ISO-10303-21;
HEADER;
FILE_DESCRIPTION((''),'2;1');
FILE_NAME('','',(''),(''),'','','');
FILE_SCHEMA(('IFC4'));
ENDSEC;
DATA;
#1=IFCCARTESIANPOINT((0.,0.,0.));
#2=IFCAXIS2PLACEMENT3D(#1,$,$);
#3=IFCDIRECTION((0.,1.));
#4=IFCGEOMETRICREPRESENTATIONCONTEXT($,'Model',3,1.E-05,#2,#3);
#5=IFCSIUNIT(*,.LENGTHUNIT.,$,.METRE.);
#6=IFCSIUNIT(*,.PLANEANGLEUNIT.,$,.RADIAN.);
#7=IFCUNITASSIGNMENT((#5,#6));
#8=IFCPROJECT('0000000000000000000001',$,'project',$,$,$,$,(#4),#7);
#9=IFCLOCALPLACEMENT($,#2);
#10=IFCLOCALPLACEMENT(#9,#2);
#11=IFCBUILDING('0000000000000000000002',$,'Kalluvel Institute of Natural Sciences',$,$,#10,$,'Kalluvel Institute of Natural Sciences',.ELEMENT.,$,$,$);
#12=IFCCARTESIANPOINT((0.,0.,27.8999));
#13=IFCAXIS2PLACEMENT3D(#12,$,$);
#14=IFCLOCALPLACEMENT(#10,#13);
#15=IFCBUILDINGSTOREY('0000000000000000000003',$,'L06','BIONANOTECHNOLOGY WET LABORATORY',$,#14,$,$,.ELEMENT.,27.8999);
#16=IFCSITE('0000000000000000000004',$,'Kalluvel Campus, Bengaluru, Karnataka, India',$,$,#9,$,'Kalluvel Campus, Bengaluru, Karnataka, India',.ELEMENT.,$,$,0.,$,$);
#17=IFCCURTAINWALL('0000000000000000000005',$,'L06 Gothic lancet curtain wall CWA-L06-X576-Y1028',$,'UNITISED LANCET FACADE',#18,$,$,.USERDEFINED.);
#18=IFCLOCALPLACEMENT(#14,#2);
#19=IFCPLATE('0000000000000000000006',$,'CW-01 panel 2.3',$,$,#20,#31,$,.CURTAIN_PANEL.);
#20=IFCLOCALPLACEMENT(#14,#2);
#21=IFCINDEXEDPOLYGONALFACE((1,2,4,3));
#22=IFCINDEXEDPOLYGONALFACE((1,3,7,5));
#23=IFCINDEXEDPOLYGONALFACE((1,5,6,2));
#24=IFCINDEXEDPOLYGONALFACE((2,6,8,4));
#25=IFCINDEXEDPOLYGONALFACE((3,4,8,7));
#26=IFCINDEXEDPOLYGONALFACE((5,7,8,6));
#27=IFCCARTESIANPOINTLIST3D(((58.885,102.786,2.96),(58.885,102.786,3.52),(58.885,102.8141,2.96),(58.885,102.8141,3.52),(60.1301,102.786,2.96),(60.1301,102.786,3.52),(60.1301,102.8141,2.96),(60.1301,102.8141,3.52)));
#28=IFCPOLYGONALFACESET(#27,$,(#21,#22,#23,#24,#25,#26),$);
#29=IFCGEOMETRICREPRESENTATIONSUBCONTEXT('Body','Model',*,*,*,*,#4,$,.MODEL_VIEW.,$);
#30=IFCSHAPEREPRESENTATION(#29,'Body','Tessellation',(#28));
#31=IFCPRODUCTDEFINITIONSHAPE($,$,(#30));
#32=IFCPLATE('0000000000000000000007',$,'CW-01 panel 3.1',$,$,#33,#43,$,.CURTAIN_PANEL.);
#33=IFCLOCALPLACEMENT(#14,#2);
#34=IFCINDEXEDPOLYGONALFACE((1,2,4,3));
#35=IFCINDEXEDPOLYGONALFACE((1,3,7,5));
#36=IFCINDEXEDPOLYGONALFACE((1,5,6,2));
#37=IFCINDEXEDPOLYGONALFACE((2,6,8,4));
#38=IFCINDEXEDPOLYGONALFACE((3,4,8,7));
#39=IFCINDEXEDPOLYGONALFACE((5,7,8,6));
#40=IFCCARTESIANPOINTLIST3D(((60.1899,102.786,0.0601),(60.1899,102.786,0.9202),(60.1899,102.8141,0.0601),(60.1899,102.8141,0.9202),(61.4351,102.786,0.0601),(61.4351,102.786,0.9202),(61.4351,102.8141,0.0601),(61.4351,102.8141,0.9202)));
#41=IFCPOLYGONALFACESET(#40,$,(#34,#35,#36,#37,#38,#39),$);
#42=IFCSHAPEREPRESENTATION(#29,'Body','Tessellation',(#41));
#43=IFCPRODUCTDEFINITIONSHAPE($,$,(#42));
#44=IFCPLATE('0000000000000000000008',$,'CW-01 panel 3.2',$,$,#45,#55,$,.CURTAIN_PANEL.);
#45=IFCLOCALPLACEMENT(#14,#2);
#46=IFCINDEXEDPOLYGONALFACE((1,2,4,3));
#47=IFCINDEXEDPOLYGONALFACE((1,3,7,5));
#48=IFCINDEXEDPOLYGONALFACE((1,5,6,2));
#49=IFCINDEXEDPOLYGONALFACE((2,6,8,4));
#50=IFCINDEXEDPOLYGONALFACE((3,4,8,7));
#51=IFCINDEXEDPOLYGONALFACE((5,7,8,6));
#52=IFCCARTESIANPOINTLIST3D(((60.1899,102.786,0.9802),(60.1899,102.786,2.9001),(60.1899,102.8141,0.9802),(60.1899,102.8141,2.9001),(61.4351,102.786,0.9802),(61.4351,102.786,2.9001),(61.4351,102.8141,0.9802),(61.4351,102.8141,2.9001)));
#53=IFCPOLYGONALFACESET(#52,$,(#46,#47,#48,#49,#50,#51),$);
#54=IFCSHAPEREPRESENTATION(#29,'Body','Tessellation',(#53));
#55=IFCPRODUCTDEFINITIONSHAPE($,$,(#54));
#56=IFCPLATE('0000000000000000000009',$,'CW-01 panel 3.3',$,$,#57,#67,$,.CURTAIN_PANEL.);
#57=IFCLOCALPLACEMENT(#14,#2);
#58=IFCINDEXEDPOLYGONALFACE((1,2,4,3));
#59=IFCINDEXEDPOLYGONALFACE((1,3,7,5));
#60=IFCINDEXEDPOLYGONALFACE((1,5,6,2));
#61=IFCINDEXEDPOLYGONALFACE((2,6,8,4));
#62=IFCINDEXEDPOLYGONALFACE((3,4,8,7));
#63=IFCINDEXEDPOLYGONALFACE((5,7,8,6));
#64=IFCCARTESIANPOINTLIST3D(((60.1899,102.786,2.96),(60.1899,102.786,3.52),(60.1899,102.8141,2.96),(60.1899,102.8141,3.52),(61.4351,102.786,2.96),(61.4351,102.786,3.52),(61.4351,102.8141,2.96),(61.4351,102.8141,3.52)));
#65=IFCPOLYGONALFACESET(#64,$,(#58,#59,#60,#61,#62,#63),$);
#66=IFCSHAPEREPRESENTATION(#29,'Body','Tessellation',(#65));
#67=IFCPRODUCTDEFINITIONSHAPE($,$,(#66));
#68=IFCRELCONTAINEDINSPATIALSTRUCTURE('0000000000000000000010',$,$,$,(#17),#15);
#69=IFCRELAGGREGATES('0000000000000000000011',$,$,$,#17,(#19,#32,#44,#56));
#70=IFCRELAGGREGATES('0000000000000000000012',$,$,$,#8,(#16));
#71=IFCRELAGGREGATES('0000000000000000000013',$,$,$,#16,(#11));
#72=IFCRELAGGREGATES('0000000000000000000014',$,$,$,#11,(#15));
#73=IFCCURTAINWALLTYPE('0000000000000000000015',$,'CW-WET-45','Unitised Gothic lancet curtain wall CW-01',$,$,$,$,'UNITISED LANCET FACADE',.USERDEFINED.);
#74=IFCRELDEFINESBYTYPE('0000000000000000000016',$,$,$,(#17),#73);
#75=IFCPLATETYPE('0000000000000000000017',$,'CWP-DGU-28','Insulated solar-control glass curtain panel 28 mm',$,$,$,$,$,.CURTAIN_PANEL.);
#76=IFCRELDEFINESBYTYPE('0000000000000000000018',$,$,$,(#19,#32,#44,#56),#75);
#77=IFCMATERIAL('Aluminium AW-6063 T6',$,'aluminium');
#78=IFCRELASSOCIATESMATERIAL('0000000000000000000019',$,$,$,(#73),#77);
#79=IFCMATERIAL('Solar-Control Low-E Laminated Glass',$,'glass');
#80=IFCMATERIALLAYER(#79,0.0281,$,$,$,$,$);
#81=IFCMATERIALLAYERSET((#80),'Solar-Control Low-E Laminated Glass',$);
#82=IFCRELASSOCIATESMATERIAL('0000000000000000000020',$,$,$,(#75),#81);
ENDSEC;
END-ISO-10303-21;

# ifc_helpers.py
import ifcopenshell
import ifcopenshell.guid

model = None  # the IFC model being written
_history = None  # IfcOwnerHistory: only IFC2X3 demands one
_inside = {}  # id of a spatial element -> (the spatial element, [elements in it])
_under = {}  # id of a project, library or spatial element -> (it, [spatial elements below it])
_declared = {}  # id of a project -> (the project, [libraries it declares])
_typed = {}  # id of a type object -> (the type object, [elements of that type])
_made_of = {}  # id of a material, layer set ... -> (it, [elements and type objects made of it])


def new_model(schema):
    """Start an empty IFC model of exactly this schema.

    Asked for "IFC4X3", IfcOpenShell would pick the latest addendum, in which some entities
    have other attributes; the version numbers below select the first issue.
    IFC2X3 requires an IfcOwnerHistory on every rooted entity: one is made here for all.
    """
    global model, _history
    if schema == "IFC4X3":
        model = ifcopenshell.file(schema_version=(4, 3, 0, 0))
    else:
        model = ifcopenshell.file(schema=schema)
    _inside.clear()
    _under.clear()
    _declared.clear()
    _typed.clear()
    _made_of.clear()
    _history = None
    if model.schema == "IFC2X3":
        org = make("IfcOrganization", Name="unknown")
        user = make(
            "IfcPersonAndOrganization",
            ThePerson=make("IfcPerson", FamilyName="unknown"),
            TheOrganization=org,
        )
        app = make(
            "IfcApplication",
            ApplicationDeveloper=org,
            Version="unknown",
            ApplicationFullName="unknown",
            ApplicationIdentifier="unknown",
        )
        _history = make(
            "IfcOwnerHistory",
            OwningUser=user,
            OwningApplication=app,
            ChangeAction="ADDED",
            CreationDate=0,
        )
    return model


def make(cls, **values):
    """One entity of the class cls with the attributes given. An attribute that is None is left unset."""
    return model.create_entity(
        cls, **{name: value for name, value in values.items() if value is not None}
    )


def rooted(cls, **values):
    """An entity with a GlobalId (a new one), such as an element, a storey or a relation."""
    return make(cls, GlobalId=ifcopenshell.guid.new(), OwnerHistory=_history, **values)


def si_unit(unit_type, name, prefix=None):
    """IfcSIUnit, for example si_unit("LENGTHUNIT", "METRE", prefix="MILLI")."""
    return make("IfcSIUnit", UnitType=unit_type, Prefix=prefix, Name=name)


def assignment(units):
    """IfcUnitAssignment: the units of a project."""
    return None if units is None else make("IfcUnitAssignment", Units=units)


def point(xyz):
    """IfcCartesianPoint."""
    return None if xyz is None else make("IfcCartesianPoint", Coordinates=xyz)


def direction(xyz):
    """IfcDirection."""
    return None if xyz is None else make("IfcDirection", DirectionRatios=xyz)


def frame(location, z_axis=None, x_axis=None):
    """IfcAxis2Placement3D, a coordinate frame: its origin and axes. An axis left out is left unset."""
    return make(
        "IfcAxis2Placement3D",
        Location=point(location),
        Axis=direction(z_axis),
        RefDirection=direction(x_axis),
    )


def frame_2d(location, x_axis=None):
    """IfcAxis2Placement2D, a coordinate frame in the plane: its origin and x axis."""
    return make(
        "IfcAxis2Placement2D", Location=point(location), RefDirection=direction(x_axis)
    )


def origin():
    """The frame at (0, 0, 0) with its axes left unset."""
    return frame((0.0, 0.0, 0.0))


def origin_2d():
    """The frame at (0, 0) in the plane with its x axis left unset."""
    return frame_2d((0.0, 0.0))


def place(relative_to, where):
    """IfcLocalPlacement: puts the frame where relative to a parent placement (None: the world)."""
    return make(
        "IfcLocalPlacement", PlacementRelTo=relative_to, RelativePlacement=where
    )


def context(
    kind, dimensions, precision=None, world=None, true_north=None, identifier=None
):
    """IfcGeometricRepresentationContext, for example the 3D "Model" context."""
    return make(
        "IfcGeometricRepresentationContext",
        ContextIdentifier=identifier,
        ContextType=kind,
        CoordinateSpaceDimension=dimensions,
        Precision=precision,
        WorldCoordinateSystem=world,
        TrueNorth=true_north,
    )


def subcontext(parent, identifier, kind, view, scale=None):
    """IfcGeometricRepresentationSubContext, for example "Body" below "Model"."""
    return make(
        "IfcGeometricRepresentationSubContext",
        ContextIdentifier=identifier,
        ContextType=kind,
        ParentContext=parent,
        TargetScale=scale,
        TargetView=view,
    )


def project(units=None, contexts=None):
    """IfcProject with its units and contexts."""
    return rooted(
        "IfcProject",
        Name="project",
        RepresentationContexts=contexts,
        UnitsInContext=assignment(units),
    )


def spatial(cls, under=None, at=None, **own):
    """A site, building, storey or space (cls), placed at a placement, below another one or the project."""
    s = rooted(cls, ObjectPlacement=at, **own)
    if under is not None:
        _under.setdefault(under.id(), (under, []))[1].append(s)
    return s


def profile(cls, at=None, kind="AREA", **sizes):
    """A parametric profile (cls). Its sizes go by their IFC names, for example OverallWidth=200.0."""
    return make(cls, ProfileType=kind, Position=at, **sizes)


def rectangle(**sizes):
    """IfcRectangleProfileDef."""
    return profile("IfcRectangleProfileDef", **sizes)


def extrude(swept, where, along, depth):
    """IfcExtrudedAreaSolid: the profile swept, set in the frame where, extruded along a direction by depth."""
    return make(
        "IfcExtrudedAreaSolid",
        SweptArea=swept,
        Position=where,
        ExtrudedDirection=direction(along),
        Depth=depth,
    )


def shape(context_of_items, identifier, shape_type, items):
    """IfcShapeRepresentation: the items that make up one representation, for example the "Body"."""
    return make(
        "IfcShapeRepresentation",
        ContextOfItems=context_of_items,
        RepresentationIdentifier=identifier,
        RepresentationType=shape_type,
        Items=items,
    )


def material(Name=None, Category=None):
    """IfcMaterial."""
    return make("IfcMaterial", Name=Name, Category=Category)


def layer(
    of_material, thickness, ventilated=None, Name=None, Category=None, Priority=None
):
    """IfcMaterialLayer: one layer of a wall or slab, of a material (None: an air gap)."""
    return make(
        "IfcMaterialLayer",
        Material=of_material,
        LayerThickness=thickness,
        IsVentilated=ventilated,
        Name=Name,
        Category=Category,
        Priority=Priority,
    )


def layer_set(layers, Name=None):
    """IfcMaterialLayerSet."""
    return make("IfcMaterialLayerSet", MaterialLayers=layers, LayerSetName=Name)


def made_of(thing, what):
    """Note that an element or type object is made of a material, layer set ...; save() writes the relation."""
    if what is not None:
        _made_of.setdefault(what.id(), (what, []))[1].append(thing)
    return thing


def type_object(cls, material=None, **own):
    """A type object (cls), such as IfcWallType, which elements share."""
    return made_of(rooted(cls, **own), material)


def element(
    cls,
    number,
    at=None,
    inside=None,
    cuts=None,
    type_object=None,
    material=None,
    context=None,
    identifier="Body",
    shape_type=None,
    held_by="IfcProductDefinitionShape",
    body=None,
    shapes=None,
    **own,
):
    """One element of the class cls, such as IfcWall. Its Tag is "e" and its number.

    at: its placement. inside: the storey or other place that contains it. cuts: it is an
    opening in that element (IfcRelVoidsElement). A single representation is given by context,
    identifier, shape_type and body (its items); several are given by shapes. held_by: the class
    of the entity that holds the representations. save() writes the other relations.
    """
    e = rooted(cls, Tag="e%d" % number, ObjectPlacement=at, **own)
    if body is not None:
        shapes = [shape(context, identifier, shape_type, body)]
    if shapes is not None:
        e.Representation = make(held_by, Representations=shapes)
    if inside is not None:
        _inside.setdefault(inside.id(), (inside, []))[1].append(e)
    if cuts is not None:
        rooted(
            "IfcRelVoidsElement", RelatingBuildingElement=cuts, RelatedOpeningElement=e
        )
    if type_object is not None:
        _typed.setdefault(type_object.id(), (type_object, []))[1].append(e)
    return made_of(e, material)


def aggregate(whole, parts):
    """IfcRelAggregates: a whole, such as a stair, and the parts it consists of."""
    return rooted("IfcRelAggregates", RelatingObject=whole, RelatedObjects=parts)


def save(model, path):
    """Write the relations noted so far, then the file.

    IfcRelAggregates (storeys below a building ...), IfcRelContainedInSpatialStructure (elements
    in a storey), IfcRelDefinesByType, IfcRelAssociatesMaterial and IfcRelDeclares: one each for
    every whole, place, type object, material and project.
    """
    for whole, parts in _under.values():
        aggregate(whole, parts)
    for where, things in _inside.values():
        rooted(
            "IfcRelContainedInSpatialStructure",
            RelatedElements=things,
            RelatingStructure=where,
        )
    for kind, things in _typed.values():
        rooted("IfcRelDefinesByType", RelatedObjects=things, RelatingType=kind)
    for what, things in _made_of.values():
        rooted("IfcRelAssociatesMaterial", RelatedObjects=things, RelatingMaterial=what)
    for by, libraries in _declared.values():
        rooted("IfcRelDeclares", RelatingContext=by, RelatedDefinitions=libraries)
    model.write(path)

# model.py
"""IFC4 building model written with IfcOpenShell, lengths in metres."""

from ifc_helpers import new_model, si_unit, direction, frame, origin, origin_2d, place, context, subcontext, project, spatial, rectangle, extrude, material, layer, layer_set, type_object, element, aggregate, save


model = new_model("IFC4")

# Units and contexts
model_context = context("Model", 3, precision=1e-05, world=origin(), true_north=direction((0.0, 1.0)))
body_context = subcontext(model_context, "Body", "Model", "MODEL_VIEW")
ifc_project = project(units=[si_unit("LENGTHUNIT", "METRE"), si_unit("PLANEANGLEUNIT", "RADIAN")], contexts=[model_context])

# Site, building, storey
site_placement = place(None, origin())
site = spatial("IfcSite", under=ifc_project, at=site_placement, Name="Kalluvel Campus, Bengaluru, Karnataka, India", LongName="Kalluvel Campus, Bengaluru, Karnataka, India", CompositionType="ELEMENT", RefElevation=0.0)
building_placement = place(site_placement, origin())
building = spatial("IfcBuilding", under=site, at=building_placement, Name="Kalluvel Institute of Natural Sciences", LongName="Kalluvel Institute of Natural Sciences", CompositionType="ELEMENT")
storey_placement = place(building_placement, frame((0.0, 0.0, 27.8999)))
storey = spatial("IfcBuildingStorey", under=building, at=storey_placement, Name="L06", Description="BIONANOTECHNOLOGY WET LABORATORY", CompositionType="ELEMENT", Elevation=27.8999)

# Curtain wall, plates
ifc_material_1 = material(Name="Aluminium AW-6063 T6", Category="aluminium")
curtain_wall_type = type_object("IfcCurtainWallType", Name="CW-WET-45", Description="Unitised Gothic lancet curtain wall CW-01", ElementType="UNITISED LANCET FACADE", PredefinedType="USERDEFINED", material=ifc_material_1)
curtain_wall_placement = place(storey_placement, origin())
curtain_wall = element("IfcCurtainWall", 1, at=curtain_wall_placement, inside=storey, type_object=curtain_wall_type, Name="L06 Gothic lancet curtain wall CWA-L06-X576-Y1028", ObjectType="UNITISED LANCET FACADE", PredefinedType="USERDEFINED")
ifc_material_2 = material(Name="Solar-Control Low-E Laminated Glass", Category="glass")
ifc_layer = layer(ifc_material_2, 0.0281)
ifc_layer_set = layer_set([ifc_layer], Name="Solar-Control Low-E Laminated Glass")
plate_type = type_object("IfcPlateType", Name="CWP-DGU-28", Description="Insulated solar-control glass curtain panel 28 mm", PredefinedType="CURTAIN_PANEL", material=ifc_layer_set)
plate_1_placement = place(storey_placement, frame((59.5076, 102.8, 2.96), z_axis=(0.0, 0.0, 1.0), x_axis=(1.0, 0.0, 0.0)))
plate_1 = element("IfcPlate", 2, at=plate_1_placement, type_object=plate_type, Name="CW-01 panel 2.3", PredefinedType="CURTAIN_PANEL", context=body_context, shape_type="SweptSolid", body=[
    extrude(rectangle(XDim=1.2451, YDim=0.0281, at=origin_2d()), origin(), (0.0, 0.0, 1.0), 0.5601),
])
plate_2_placement = place(storey_placement, frame((60.8125, 102.8, 0.0601), z_axis=(0.0, 0.0, 1.0), x_axis=(1.0, 0.0, 0.0)))
plate_2 = element("IfcPlate", 3, at=plate_2_placement, type_object=plate_type, Name="CW-01 panel 3.1", PredefinedType="CURTAIN_PANEL", context=body_context, shape_type="SweptSolid", body=[
    extrude(rectangle(XDim=1.2451, YDim=0.0281, at=origin_2d()), origin(), (0.0, 0.0, 1.0), 0.8601),
])
plate_3_placement = place(storey_placement, frame((60.8125, 102.8, 0.9802), z_axis=(0.0, 0.0, 1.0), x_axis=(1.0, 0.0, 0.0)))
plate_3 = element("IfcPlate", 4, at=plate_3_placement, type_object=plate_type, Name="CW-01 panel 3.2", PredefinedType="CURTAIN_PANEL", context=body_context, shape_type="SweptSolid", body=[
    extrude(rectangle(XDim=1.2451, YDim=0.0281, at=origin_2d()), origin(), (0.0, 0.0, 1.0), 1.9199),
])
plate_4_placement = place(storey_placement, frame((60.8125, 102.8, 2.96), z_axis=(0.0, 0.0, 1.0), x_axis=(1.0, 0.0, 0.0)))
plate_4 = element("IfcPlate", 5, at=plate_4_placement, type_object=plate_type, Name="CW-01 panel 3.3", PredefinedType="CURTAIN_PANEL", context=body_context, shape_type="SweptSolid", body=[
    extrude(rectangle(XDim=1.2451, YDim=0.0281, at=origin_2d()), origin(), (0.0, 0.0, 1.0), 0.5601),
])
aggregate(curtain_wall, [plate_1, plate_2, plate_3, plate_4])

save(model, "model.ifc")
